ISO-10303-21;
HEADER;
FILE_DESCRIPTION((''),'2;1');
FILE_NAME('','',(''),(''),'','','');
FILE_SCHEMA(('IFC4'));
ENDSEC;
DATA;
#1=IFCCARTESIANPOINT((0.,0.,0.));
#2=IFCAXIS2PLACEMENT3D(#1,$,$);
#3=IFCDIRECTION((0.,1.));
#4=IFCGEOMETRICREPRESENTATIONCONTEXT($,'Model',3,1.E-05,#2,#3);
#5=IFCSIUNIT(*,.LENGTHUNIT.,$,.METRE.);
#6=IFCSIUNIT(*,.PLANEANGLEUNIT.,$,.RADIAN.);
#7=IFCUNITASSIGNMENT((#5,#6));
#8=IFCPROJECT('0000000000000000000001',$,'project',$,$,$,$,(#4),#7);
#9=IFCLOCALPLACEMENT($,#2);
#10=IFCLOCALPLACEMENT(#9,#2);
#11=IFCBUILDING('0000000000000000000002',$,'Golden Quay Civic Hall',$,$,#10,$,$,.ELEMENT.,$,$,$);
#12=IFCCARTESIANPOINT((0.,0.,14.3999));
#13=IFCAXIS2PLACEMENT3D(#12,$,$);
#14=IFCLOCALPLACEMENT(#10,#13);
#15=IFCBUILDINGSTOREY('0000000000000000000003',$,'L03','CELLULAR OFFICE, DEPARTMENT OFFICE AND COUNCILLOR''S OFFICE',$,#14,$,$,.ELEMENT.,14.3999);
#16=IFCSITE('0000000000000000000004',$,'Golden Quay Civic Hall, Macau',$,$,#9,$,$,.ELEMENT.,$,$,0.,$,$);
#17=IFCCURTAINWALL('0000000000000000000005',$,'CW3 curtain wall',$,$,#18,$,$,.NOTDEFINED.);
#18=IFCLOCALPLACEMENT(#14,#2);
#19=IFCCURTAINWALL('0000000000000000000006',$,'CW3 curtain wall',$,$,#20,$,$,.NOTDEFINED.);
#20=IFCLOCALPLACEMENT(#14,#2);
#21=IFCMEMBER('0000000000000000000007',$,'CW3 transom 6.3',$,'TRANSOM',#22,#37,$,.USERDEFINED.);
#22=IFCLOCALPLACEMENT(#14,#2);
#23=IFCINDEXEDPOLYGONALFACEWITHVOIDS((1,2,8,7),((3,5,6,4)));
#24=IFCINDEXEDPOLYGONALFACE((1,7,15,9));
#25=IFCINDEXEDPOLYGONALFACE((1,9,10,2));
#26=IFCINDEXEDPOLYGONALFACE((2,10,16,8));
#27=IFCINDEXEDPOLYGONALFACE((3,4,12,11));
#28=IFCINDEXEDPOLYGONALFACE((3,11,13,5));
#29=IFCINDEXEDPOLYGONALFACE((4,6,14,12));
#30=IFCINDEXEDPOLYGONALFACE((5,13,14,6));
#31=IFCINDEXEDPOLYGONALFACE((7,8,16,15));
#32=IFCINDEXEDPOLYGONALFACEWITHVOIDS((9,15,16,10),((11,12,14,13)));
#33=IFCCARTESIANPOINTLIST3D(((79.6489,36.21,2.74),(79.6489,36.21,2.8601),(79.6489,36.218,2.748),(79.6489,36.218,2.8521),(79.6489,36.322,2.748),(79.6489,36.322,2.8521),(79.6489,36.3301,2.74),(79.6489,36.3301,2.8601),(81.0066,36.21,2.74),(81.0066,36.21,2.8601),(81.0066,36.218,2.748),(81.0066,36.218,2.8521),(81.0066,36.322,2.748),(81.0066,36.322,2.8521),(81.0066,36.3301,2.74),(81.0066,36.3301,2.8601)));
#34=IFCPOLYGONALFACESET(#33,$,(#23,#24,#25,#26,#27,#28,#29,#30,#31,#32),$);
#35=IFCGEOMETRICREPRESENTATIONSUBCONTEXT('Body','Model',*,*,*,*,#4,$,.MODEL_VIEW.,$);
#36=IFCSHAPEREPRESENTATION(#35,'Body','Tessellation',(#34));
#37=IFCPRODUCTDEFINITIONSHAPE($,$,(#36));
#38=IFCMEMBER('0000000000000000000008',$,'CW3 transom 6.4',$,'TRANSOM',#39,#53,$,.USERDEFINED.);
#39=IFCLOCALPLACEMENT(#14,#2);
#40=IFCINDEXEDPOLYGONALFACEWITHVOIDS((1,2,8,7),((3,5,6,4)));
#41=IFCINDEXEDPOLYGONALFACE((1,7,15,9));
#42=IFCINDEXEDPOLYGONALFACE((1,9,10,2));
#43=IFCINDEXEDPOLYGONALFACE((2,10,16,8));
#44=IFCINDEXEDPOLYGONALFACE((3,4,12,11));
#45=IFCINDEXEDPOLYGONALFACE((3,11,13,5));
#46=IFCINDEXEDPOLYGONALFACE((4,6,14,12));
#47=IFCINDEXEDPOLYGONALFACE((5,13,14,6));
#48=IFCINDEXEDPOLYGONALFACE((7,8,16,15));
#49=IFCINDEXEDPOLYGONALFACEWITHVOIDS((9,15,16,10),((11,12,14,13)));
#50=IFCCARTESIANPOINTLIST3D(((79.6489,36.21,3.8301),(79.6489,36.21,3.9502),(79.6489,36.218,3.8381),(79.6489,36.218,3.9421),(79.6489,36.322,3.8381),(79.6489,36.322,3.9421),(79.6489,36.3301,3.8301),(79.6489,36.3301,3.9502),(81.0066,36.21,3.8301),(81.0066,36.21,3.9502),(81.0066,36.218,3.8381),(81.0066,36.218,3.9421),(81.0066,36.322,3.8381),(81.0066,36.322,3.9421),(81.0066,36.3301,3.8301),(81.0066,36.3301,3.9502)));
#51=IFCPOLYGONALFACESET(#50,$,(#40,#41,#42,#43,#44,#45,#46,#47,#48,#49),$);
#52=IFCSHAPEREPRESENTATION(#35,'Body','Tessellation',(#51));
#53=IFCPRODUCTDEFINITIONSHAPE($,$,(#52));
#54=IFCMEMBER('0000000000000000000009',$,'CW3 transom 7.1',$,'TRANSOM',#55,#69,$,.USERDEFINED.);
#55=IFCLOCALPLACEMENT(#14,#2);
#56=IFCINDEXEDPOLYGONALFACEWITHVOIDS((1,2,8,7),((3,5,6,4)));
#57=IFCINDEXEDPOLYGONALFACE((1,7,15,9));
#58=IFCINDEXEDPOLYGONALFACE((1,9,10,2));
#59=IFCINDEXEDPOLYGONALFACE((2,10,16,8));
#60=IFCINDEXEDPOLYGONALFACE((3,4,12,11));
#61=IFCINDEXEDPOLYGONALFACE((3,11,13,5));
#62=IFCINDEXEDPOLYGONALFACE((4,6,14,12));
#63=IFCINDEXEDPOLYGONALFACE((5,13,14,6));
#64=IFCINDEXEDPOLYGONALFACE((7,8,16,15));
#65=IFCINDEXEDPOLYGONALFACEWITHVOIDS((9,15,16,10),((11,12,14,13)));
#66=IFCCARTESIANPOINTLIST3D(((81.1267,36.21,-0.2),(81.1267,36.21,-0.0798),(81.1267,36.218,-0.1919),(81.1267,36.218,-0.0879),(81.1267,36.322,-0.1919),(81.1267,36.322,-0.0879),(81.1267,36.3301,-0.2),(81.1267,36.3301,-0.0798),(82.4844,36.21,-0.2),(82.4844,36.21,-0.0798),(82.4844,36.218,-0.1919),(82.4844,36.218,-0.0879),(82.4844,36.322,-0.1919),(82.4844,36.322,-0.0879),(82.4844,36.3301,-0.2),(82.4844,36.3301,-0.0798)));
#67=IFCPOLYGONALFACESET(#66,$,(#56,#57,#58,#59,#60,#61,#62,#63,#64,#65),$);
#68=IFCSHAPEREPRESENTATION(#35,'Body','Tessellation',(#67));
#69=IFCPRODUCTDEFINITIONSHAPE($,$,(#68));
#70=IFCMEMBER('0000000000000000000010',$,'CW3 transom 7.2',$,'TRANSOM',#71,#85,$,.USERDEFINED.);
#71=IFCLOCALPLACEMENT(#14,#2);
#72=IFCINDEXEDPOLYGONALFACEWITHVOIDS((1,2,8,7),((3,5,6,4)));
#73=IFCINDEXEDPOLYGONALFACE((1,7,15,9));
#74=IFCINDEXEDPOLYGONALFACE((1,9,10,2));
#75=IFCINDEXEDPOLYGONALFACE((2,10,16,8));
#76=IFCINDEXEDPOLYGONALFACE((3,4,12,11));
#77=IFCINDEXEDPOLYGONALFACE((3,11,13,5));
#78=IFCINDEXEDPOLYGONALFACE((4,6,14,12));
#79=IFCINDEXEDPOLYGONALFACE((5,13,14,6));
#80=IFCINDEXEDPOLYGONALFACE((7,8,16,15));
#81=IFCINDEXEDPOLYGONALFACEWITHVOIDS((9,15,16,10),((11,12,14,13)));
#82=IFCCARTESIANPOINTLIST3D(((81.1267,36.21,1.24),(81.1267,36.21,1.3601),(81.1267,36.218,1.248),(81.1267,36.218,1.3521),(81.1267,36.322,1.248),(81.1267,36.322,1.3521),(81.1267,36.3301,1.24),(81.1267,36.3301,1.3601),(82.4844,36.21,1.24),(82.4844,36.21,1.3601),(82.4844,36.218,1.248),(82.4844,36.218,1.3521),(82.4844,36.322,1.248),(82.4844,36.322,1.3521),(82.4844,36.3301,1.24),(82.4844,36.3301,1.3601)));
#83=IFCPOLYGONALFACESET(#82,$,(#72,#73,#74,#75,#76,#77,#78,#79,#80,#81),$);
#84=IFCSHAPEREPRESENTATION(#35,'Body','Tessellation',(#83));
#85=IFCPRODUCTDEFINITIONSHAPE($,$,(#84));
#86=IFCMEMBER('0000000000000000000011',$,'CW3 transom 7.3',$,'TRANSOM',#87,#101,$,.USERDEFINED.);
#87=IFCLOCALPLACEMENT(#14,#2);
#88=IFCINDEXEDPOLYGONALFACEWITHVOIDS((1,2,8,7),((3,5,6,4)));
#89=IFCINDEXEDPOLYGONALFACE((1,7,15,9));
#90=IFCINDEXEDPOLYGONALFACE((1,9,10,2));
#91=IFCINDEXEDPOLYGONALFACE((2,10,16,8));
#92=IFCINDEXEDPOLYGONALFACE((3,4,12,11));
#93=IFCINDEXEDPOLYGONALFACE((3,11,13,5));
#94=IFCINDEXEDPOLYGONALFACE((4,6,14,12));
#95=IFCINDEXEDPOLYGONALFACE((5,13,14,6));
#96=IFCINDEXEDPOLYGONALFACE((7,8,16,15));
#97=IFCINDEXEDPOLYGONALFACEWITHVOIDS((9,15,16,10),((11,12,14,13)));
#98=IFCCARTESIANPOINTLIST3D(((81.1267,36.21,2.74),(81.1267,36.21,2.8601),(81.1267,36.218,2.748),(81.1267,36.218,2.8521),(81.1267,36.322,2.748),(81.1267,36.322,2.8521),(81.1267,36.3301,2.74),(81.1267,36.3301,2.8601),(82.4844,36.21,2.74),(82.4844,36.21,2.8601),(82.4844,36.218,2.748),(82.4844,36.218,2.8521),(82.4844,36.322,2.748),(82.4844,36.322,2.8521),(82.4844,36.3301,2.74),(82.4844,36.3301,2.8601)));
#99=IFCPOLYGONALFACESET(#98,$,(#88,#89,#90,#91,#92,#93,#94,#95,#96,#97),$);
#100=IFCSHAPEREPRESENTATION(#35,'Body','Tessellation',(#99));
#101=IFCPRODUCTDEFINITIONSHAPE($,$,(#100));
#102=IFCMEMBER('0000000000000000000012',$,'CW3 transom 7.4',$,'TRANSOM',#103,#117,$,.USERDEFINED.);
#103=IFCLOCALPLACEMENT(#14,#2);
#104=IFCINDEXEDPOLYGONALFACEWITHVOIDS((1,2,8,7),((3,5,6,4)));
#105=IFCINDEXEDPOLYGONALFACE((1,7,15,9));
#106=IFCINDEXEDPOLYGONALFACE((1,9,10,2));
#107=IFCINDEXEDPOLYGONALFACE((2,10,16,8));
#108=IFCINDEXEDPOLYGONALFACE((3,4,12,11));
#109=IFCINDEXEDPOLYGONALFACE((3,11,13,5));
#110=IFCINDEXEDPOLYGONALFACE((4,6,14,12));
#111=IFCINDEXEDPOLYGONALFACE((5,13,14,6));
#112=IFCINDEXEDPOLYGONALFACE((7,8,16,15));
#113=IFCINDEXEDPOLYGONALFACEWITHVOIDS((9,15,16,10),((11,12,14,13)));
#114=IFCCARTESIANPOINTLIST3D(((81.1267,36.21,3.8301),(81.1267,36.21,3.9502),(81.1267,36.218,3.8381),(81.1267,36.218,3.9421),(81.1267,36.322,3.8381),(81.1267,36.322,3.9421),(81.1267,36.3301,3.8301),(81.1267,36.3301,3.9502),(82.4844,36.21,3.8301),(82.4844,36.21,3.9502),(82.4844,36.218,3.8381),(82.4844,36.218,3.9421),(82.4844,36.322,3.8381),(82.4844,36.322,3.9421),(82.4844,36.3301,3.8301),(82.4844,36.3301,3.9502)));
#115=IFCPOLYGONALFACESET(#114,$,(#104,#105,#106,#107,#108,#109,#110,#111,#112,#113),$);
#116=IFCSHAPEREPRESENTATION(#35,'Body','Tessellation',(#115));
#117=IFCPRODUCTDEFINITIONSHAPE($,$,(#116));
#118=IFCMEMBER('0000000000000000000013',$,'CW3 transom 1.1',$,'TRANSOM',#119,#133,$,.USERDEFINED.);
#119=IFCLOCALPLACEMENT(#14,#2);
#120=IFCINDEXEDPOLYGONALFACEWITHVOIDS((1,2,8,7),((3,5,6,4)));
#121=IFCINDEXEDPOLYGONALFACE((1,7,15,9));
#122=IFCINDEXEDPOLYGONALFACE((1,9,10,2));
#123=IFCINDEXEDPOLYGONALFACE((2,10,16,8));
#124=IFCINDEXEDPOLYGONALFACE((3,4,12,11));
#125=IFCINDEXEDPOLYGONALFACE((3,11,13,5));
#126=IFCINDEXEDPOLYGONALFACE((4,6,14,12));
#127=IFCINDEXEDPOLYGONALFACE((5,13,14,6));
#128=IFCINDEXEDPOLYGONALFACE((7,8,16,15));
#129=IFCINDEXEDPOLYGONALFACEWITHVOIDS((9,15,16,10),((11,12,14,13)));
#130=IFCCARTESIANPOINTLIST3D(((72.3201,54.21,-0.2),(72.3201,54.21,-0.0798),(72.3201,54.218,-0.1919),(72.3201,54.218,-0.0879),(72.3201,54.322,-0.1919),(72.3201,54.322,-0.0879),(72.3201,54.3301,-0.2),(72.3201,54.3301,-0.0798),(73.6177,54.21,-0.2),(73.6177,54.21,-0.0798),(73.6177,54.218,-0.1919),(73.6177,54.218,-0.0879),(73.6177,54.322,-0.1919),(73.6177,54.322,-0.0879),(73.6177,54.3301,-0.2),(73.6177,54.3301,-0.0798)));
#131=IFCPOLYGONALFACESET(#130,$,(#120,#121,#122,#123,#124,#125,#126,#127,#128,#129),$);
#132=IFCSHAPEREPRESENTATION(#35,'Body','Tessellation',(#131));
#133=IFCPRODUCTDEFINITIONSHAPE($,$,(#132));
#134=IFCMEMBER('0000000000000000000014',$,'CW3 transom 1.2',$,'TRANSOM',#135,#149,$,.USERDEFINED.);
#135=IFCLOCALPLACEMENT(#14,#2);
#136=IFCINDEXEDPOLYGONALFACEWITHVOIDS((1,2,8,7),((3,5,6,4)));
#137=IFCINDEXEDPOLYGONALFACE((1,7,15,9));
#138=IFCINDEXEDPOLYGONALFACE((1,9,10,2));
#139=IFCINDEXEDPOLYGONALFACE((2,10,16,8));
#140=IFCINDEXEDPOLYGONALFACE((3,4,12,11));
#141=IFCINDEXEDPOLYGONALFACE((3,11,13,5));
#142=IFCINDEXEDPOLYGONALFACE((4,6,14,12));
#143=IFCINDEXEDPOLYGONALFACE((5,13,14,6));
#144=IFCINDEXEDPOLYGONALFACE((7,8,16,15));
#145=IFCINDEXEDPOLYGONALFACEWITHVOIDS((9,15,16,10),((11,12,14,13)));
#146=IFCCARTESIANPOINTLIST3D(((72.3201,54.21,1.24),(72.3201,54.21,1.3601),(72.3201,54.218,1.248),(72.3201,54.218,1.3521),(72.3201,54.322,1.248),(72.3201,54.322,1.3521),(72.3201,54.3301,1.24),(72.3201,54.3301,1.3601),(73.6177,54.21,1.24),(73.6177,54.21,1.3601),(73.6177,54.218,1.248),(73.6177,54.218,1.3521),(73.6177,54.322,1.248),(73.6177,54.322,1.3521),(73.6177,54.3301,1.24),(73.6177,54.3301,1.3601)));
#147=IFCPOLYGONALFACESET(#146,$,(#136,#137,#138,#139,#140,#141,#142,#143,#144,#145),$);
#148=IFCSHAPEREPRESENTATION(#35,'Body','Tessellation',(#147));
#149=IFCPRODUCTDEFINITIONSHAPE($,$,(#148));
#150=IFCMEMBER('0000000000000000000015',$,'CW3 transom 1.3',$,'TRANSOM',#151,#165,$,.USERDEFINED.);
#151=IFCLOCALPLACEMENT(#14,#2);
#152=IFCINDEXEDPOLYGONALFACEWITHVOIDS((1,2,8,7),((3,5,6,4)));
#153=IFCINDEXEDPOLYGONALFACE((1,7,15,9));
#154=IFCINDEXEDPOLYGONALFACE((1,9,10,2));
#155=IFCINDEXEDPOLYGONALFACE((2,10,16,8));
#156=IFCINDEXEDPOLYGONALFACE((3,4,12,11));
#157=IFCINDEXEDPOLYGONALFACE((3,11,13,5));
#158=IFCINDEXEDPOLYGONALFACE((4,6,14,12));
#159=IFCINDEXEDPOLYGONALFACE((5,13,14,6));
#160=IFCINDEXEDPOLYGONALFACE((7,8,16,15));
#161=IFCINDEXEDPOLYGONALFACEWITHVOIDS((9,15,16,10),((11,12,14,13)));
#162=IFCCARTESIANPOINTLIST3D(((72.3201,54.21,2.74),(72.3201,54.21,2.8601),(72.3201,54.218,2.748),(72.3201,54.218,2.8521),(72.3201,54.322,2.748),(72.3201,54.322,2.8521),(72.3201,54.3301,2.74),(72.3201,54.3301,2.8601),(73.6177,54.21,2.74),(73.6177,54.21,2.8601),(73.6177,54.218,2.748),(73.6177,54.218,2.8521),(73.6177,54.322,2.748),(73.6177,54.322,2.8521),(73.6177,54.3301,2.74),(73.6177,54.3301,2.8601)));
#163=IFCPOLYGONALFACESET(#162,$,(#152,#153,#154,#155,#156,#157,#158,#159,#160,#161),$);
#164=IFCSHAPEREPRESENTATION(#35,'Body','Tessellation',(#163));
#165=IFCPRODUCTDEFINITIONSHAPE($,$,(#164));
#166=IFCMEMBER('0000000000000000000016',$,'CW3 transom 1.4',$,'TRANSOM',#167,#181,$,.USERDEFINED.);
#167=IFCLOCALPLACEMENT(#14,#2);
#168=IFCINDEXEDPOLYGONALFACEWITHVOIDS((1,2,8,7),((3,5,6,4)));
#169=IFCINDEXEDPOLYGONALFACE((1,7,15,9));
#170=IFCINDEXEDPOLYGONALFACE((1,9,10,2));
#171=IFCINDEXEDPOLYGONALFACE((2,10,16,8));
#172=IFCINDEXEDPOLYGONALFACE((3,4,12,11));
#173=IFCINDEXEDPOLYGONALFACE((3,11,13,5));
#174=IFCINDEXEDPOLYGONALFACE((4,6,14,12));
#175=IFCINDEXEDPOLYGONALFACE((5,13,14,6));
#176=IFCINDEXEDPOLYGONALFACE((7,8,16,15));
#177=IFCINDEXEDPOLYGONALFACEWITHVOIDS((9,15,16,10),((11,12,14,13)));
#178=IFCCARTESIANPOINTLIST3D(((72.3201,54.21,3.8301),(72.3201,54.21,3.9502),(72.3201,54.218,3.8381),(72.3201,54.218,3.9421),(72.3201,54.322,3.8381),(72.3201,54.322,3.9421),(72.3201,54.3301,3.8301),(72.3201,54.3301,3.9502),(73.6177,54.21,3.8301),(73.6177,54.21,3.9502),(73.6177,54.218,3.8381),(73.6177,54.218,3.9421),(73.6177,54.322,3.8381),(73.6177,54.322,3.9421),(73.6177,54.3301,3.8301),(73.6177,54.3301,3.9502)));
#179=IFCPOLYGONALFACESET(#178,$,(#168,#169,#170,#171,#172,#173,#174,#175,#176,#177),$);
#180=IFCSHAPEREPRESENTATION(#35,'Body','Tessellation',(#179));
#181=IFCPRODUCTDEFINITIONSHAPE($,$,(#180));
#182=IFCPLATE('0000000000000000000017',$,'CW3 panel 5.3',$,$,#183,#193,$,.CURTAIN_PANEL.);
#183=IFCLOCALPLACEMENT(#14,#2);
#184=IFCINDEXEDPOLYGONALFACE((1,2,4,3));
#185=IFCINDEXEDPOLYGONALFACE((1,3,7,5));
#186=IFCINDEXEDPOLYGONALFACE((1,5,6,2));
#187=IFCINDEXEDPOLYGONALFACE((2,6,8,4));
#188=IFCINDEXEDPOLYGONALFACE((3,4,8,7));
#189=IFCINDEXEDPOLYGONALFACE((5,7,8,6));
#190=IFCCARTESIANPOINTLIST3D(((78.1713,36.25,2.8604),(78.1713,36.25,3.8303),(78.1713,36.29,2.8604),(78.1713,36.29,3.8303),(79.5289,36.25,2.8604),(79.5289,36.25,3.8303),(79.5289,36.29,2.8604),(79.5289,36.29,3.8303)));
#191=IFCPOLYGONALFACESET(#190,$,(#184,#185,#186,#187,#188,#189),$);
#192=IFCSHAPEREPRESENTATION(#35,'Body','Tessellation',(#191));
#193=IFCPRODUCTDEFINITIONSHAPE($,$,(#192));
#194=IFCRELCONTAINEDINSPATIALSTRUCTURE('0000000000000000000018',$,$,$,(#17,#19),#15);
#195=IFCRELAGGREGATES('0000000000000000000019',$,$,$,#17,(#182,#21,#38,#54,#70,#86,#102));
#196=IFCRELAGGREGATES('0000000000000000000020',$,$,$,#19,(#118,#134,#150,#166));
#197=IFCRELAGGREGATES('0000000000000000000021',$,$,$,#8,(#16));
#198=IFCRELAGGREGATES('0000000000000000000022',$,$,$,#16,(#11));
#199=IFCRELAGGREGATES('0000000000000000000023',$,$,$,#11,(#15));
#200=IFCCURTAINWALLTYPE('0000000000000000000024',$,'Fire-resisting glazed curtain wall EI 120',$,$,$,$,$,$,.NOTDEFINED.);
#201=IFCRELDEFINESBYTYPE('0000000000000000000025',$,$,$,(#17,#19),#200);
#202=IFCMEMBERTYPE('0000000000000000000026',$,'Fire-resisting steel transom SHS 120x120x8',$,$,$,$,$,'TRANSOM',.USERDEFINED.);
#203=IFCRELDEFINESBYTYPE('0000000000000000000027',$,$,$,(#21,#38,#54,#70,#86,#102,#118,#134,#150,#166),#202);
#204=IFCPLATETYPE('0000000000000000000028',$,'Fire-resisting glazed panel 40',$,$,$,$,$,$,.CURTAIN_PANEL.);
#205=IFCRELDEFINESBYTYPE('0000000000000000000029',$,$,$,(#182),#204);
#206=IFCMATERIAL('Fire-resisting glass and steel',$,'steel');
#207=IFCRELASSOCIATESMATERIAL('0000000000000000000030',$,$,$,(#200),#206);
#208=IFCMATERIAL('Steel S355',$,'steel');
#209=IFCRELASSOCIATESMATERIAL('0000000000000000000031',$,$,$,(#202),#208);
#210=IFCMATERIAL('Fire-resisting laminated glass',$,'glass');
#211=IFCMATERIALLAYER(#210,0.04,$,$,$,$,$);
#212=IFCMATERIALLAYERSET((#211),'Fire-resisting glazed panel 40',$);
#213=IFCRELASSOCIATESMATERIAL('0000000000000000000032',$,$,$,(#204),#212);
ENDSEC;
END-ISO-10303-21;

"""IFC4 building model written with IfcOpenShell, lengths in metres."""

from ifc_helpers import new_model, si_unit, direction, frame, origin, origin_2d, place, context, subcontext, project, spatial, rectangle, hollow_rectangle, extrude, material, layer, layer_set, material_profile, profile_set, type_object, element, aggregate, save


model = new_model("IFC4")

# Units and contexts
model_context = context("Model", 3, precision=1e-05, world=origin(), true_north=direction((0.0, 1.0)))
body_context = subcontext(model_context, "Body", "Model", "MODEL_VIEW")
ifc_project = project(units=[si_unit("LENGTHUNIT", "METRE"), si_unit("PLANEANGLEUNIT", "RADIAN")], contexts=[model_context])

# Site, building, storey
site_placement = place(None, origin())
site = spatial("IfcSite", under=ifc_project, at=site_placement, Name="Golden Quay Civic Hall, Macau", CompositionType="ELEMENT", RefElevation=0.0)
building_placement = place(site_placement, origin())
building = spatial("IfcBuilding", under=site, at=building_placement, Name="Golden Quay Civic Hall", CompositionType="ELEMENT")
storey_placement = place(building_placement, frame((0.0, 0.0, 14.3999)))
storey = spatial("IfcBuildingStorey", under=building, at=storey_placement, Name="L03", Description="CELLULAR OFFICE, DEPARTMENT OFFICE AND COUNCILLOR'S OFFICE", CompositionType="ELEMENT", Elevation=14.3999)

# Curtain wall
ifc_material_1 = material(Name="Fire-resisting glass and steel", Category="steel")
curtain_wall_type = type_object("IfcCurtainWallType", Name="Fire-resisting glazed curtain wall EI 120", PredefinedType="NOTDEFINED", material=ifc_material_1)
curtain_wall_1_placement = place(storey_placement, origin())
curtain_wall_1 = element("IfcCurtainWall", 1, at=curtain_wall_1_placement, inside=storey, type_object=curtain_wall_type, Name="CW3 curtain wall", PredefinedType="NOTDEFINED")

# Curtain wall
curtain_wall_2_placement = place(storey_placement, origin())
curtain_wall_2 = element("IfcCurtainWall", 2, at=curtain_wall_2_placement, inside=storey, type_object=curtain_wall_type, Name="CW3 curtain wall", PredefinedType="NOTDEFINED")

# Members
ifc_material_2 = material(Name="Steel S355", Category="steel")
ifc_material_profile_1 = material_profile(ifc_material_2, hollow_rectangle(XDim=0.1201, YDim=0.1201, WallThickness=0.0081, at=origin_2d()), Name="SHS 120x120x8")
ifc_profile_set_1 = profile_set([ifc_material_profile_1], Name="Steel S355")
member_type_1 = type_object("IfcMemberType", Name="Fire-resisting steel transom SHS 120x120x8", ElementType="TRANSOM", PredefinedType="USERDEFINED", material=ifc_profile_set_1)
member_1_placement = place(storey_placement, frame((79.6489, 36.27, 2.8), z_axis=(1.0, 0.0, 0.0), x_axis=(0.0, 1.0, 0.0)))
member_1 = element("IfcMember", 3, at=member_1_placement, type_object=member_type_1, Name="CW3 transom 6.3", ObjectType="TRANSOM", PredefinedType="USERDEFINED", context=body_context, shape_type="SweptSolid", body=[
    extrude(hollow_rectangle(XDim=0.1201, YDim=0.1201, WallThickness=0.0081, at=origin_2d()), origin(), (0.0, 0.0, 1.0), 1.3577),
])
member_2_placement = place(storey_placement, frame((79.6489, 36.27, 3.8901), z_axis=(1.0, 0.0, 0.0), x_axis=(0.0, 1.0, 0.0)))
member_2 = element("IfcMember", 4, at=member_2_placement, type_object=member_type_1, Name="CW3 transom 6.4", ObjectType="TRANSOM", PredefinedType="USERDEFINED", context=body_context, shape_type="SweptSolid", body=[
    extrude(hollow_rectangle(XDim=0.1201, YDim=0.1201, WallThickness=0.0081, at=origin_2d()), origin(), (0.0, 0.0, 1.0), 1.3577),
])
member_3_placement = place(storey_placement, frame((81.1267, 36.27, -0.1399), z_axis=(1.0, 0.0, 0.0), x_axis=(0.0, 1.0, 0.0)))
member_3 = element("IfcMember", 5, at=member_3_placement, type_object=member_type_1, Name="CW3 transom 7.1", ObjectType="TRANSOM", PredefinedType="USERDEFINED", context=body_context, shape_type="SweptSolid", body=[
    extrude(hollow_rectangle(XDim=0.1201, YDim=0.1201, WallThickness=0.0081, at=origin_2d()), origin(), (0.0, 0.0, 1.0), 1.3577),
])
member_4_placement = place(storey_placement, frame((81.1267, 36.27, 1.3), z_axis=(1.0, 0.0, 0.0), x_axis=(0.0, 1.0, 0.0)))
member_4 = element("IfcMember", 6, at=member_4_placement, type_object=member_type_1, Name="CW3 transom 7.2", ObjectType="TRANSOM", PredefinedType="USERDEFINED", context=body_context, shape_type="SweptSolid", body=[
    extrude(hollow_rectangle(XDim=0.1201, YDim=0.1201, WallThickness=0.0081, at=origin_2d()), origin(), (0.0, 0.0, 1.0), 1.3577),
])
member_5_placement = place(storey_placement, frame((81.1267, 36.27, 2.8), z_axis=(1.0, 0.0, 0.0), x_axis=(0.0, 1.0, 0.0)))
member_5 = element("IfcMember", 7, at=member_5_placement, type_object=member_type_1, Name="CW3 transom 7.3", ObjectType="TRANSOM", PredefinedType="USERDEFINED", context=body_context, shape_type="SweptSolid", body=[
    extrude(hollow_rectangle(XDim=0.1201, YDim=0.1201, WallThickness=0.0081, at=origin_2d()), origin(), (0.0, 0.0, 1.0), 1.3577),
])
member_6_placement = place(storey_placement, frame((81.1267, 36.27, 3.8901), z_axis=(1.0, 0.0, 0.0), x_axis=(0.0, 1.0, 0.0)))
member_6 = element("IfcMember", 8, at=member_6_placement, type_object=member_type_1, Name="CW3 transom 7.4", ObjectType="TRANSOM", PredefinedType="USERDEFINED", context=body_context, shape_type="SweptSolid", body=[
    extrude(hollow_rectangle(XDim=0.1201, YDim=0.1201, WallThickness=0.0081, at=origin_2d()), origin(), (0.0, 0.0, 1.0), 1.3577),
])
member_7_placement = place(storey_placement, frame((72.3201, 54.27, -0.1399), z_axis=(1.0, 0.0, 0.0), x_axis=(0.0, 1.0, 0.0)))
member_7 = element("IfcMember", 9, at=member_7_placement, type_object=member_type_1, Name="CW3 transom 1.1", ObjectType="TRANSOM", PredefinedType="USERDEFINED", context=body_context, shape_type="SweptSolid", body=[
    extrude(hollow_rectangle(XDim=0.1201, YDim=0.1201, WallThickness=0.0081, at=origin_2d()), origin(), (0.0, 0.0, 1.0), 1.2976),
])
member_8_placement = place(storey_placement, frame((72.3201, 54.27, 1.3), z_axis=(1.0, 0.0, 0.0), x_axis=(0.0, 1.0, 0.0)))
member_8 = element("IfcMember", 10, at=member_8_placement, type_object=member_type_1, Name="CW3 transom 1.2", ObjectType="TRANSOM", PredefinedType="USERDEFINED", context=body_context, shape_type="SweptSolid", body=[
    extrude(hollow_rectangle(XDim=0.1201, YDim=0.1201, WallThickness=0.0081, at=origin_2d()), origin(), (0.0, 0.0, 1.0), 1.2976),
])
member_9_placement = place(storey_placement, frame((72.3201, 54.27, 2.8), z_axis=(1.0, 0.0, 0.0), x_axis=(0.0, 1.0, 0.0)))
member_9 = element("IfcMember", 11, at=member_9_placement, type_object=member_type_1, Name="CW3 transom 1.3", ObjectType="TRANSOM", PredefinedType="USERDEFINED", context=body_context, shape_type="SweptSolid", body=[
    extrude(hollow_rectangle(XDim=0.1201, YDim=0.1201, WallThickness=0.0081, at=origin_2d()), origin(), (0.0, 0.0, 1.0), 1.2976),
])
member_10_placement = place(storey_placement, frame((72.3201, 54.27, 3.8901), z_axis=(1.0, 0.0, 0.0), x_axis=(0.0, 1.0, 0.0)))
member_10 = element("IfcMember", 12, at=member_10_placement, type_object=member_type_1, Name="CW3 transom 1.4", ObjectType="TRANSOM", PredefinedType="USERDEFINED", context=body_context, shape_type="SweptSolid", body=[
    extrude(hollow_rectangle(XDim=0.1201, YDim=0.1201, WallThickness=0.0081, at=origin_2d()), origin(), (0.0, 0.0, 1.0), 1.2976),
])

# Plate
ifc_material_3 = material(Name="Fire-resisting laminated glass", Category="glass")
ifc_layer = layer(ifc_material_3, 0.04)
ifc_layer_set = layer_set([ifc_layer], Name="Fire-resisting glazed panel 40")
plate_type = type_object("IfcPlateType", Name="Fire-resisting glazed panel 40", PredefinedType="CURTAIN_PANEL", material=ifc_layer_set)
plate_1_placement = place(storey_placement, frame((78.8501, 36.27, 2.8604), z_axis=(0.0, 0.0, 1.0), x_axis=(1.0, 0.0, 0.0)))
plate_1 = element("IfcPlate", 13, at=plate_1_placement, type_object=plate_type, Name="CW3 panel 5.3", PredefinedType="CURTAIN_PANEL", context=body_context, shape_type="SweptSolid", body=[
    extrude(rectangle(XDim=1.3577, YDim=0.04, at=origin_2d()), origin(), (0.0, 0.0, 1.0), 0.97),
])
aggregate(curtain_wall_1, [plate_1, member_1, member_2, member_3, member_4, member_5, member_6])
aggregate(curtain_wall_2, [member_7, member_8, member_9, member_10])

save(model, "model.ifc")
